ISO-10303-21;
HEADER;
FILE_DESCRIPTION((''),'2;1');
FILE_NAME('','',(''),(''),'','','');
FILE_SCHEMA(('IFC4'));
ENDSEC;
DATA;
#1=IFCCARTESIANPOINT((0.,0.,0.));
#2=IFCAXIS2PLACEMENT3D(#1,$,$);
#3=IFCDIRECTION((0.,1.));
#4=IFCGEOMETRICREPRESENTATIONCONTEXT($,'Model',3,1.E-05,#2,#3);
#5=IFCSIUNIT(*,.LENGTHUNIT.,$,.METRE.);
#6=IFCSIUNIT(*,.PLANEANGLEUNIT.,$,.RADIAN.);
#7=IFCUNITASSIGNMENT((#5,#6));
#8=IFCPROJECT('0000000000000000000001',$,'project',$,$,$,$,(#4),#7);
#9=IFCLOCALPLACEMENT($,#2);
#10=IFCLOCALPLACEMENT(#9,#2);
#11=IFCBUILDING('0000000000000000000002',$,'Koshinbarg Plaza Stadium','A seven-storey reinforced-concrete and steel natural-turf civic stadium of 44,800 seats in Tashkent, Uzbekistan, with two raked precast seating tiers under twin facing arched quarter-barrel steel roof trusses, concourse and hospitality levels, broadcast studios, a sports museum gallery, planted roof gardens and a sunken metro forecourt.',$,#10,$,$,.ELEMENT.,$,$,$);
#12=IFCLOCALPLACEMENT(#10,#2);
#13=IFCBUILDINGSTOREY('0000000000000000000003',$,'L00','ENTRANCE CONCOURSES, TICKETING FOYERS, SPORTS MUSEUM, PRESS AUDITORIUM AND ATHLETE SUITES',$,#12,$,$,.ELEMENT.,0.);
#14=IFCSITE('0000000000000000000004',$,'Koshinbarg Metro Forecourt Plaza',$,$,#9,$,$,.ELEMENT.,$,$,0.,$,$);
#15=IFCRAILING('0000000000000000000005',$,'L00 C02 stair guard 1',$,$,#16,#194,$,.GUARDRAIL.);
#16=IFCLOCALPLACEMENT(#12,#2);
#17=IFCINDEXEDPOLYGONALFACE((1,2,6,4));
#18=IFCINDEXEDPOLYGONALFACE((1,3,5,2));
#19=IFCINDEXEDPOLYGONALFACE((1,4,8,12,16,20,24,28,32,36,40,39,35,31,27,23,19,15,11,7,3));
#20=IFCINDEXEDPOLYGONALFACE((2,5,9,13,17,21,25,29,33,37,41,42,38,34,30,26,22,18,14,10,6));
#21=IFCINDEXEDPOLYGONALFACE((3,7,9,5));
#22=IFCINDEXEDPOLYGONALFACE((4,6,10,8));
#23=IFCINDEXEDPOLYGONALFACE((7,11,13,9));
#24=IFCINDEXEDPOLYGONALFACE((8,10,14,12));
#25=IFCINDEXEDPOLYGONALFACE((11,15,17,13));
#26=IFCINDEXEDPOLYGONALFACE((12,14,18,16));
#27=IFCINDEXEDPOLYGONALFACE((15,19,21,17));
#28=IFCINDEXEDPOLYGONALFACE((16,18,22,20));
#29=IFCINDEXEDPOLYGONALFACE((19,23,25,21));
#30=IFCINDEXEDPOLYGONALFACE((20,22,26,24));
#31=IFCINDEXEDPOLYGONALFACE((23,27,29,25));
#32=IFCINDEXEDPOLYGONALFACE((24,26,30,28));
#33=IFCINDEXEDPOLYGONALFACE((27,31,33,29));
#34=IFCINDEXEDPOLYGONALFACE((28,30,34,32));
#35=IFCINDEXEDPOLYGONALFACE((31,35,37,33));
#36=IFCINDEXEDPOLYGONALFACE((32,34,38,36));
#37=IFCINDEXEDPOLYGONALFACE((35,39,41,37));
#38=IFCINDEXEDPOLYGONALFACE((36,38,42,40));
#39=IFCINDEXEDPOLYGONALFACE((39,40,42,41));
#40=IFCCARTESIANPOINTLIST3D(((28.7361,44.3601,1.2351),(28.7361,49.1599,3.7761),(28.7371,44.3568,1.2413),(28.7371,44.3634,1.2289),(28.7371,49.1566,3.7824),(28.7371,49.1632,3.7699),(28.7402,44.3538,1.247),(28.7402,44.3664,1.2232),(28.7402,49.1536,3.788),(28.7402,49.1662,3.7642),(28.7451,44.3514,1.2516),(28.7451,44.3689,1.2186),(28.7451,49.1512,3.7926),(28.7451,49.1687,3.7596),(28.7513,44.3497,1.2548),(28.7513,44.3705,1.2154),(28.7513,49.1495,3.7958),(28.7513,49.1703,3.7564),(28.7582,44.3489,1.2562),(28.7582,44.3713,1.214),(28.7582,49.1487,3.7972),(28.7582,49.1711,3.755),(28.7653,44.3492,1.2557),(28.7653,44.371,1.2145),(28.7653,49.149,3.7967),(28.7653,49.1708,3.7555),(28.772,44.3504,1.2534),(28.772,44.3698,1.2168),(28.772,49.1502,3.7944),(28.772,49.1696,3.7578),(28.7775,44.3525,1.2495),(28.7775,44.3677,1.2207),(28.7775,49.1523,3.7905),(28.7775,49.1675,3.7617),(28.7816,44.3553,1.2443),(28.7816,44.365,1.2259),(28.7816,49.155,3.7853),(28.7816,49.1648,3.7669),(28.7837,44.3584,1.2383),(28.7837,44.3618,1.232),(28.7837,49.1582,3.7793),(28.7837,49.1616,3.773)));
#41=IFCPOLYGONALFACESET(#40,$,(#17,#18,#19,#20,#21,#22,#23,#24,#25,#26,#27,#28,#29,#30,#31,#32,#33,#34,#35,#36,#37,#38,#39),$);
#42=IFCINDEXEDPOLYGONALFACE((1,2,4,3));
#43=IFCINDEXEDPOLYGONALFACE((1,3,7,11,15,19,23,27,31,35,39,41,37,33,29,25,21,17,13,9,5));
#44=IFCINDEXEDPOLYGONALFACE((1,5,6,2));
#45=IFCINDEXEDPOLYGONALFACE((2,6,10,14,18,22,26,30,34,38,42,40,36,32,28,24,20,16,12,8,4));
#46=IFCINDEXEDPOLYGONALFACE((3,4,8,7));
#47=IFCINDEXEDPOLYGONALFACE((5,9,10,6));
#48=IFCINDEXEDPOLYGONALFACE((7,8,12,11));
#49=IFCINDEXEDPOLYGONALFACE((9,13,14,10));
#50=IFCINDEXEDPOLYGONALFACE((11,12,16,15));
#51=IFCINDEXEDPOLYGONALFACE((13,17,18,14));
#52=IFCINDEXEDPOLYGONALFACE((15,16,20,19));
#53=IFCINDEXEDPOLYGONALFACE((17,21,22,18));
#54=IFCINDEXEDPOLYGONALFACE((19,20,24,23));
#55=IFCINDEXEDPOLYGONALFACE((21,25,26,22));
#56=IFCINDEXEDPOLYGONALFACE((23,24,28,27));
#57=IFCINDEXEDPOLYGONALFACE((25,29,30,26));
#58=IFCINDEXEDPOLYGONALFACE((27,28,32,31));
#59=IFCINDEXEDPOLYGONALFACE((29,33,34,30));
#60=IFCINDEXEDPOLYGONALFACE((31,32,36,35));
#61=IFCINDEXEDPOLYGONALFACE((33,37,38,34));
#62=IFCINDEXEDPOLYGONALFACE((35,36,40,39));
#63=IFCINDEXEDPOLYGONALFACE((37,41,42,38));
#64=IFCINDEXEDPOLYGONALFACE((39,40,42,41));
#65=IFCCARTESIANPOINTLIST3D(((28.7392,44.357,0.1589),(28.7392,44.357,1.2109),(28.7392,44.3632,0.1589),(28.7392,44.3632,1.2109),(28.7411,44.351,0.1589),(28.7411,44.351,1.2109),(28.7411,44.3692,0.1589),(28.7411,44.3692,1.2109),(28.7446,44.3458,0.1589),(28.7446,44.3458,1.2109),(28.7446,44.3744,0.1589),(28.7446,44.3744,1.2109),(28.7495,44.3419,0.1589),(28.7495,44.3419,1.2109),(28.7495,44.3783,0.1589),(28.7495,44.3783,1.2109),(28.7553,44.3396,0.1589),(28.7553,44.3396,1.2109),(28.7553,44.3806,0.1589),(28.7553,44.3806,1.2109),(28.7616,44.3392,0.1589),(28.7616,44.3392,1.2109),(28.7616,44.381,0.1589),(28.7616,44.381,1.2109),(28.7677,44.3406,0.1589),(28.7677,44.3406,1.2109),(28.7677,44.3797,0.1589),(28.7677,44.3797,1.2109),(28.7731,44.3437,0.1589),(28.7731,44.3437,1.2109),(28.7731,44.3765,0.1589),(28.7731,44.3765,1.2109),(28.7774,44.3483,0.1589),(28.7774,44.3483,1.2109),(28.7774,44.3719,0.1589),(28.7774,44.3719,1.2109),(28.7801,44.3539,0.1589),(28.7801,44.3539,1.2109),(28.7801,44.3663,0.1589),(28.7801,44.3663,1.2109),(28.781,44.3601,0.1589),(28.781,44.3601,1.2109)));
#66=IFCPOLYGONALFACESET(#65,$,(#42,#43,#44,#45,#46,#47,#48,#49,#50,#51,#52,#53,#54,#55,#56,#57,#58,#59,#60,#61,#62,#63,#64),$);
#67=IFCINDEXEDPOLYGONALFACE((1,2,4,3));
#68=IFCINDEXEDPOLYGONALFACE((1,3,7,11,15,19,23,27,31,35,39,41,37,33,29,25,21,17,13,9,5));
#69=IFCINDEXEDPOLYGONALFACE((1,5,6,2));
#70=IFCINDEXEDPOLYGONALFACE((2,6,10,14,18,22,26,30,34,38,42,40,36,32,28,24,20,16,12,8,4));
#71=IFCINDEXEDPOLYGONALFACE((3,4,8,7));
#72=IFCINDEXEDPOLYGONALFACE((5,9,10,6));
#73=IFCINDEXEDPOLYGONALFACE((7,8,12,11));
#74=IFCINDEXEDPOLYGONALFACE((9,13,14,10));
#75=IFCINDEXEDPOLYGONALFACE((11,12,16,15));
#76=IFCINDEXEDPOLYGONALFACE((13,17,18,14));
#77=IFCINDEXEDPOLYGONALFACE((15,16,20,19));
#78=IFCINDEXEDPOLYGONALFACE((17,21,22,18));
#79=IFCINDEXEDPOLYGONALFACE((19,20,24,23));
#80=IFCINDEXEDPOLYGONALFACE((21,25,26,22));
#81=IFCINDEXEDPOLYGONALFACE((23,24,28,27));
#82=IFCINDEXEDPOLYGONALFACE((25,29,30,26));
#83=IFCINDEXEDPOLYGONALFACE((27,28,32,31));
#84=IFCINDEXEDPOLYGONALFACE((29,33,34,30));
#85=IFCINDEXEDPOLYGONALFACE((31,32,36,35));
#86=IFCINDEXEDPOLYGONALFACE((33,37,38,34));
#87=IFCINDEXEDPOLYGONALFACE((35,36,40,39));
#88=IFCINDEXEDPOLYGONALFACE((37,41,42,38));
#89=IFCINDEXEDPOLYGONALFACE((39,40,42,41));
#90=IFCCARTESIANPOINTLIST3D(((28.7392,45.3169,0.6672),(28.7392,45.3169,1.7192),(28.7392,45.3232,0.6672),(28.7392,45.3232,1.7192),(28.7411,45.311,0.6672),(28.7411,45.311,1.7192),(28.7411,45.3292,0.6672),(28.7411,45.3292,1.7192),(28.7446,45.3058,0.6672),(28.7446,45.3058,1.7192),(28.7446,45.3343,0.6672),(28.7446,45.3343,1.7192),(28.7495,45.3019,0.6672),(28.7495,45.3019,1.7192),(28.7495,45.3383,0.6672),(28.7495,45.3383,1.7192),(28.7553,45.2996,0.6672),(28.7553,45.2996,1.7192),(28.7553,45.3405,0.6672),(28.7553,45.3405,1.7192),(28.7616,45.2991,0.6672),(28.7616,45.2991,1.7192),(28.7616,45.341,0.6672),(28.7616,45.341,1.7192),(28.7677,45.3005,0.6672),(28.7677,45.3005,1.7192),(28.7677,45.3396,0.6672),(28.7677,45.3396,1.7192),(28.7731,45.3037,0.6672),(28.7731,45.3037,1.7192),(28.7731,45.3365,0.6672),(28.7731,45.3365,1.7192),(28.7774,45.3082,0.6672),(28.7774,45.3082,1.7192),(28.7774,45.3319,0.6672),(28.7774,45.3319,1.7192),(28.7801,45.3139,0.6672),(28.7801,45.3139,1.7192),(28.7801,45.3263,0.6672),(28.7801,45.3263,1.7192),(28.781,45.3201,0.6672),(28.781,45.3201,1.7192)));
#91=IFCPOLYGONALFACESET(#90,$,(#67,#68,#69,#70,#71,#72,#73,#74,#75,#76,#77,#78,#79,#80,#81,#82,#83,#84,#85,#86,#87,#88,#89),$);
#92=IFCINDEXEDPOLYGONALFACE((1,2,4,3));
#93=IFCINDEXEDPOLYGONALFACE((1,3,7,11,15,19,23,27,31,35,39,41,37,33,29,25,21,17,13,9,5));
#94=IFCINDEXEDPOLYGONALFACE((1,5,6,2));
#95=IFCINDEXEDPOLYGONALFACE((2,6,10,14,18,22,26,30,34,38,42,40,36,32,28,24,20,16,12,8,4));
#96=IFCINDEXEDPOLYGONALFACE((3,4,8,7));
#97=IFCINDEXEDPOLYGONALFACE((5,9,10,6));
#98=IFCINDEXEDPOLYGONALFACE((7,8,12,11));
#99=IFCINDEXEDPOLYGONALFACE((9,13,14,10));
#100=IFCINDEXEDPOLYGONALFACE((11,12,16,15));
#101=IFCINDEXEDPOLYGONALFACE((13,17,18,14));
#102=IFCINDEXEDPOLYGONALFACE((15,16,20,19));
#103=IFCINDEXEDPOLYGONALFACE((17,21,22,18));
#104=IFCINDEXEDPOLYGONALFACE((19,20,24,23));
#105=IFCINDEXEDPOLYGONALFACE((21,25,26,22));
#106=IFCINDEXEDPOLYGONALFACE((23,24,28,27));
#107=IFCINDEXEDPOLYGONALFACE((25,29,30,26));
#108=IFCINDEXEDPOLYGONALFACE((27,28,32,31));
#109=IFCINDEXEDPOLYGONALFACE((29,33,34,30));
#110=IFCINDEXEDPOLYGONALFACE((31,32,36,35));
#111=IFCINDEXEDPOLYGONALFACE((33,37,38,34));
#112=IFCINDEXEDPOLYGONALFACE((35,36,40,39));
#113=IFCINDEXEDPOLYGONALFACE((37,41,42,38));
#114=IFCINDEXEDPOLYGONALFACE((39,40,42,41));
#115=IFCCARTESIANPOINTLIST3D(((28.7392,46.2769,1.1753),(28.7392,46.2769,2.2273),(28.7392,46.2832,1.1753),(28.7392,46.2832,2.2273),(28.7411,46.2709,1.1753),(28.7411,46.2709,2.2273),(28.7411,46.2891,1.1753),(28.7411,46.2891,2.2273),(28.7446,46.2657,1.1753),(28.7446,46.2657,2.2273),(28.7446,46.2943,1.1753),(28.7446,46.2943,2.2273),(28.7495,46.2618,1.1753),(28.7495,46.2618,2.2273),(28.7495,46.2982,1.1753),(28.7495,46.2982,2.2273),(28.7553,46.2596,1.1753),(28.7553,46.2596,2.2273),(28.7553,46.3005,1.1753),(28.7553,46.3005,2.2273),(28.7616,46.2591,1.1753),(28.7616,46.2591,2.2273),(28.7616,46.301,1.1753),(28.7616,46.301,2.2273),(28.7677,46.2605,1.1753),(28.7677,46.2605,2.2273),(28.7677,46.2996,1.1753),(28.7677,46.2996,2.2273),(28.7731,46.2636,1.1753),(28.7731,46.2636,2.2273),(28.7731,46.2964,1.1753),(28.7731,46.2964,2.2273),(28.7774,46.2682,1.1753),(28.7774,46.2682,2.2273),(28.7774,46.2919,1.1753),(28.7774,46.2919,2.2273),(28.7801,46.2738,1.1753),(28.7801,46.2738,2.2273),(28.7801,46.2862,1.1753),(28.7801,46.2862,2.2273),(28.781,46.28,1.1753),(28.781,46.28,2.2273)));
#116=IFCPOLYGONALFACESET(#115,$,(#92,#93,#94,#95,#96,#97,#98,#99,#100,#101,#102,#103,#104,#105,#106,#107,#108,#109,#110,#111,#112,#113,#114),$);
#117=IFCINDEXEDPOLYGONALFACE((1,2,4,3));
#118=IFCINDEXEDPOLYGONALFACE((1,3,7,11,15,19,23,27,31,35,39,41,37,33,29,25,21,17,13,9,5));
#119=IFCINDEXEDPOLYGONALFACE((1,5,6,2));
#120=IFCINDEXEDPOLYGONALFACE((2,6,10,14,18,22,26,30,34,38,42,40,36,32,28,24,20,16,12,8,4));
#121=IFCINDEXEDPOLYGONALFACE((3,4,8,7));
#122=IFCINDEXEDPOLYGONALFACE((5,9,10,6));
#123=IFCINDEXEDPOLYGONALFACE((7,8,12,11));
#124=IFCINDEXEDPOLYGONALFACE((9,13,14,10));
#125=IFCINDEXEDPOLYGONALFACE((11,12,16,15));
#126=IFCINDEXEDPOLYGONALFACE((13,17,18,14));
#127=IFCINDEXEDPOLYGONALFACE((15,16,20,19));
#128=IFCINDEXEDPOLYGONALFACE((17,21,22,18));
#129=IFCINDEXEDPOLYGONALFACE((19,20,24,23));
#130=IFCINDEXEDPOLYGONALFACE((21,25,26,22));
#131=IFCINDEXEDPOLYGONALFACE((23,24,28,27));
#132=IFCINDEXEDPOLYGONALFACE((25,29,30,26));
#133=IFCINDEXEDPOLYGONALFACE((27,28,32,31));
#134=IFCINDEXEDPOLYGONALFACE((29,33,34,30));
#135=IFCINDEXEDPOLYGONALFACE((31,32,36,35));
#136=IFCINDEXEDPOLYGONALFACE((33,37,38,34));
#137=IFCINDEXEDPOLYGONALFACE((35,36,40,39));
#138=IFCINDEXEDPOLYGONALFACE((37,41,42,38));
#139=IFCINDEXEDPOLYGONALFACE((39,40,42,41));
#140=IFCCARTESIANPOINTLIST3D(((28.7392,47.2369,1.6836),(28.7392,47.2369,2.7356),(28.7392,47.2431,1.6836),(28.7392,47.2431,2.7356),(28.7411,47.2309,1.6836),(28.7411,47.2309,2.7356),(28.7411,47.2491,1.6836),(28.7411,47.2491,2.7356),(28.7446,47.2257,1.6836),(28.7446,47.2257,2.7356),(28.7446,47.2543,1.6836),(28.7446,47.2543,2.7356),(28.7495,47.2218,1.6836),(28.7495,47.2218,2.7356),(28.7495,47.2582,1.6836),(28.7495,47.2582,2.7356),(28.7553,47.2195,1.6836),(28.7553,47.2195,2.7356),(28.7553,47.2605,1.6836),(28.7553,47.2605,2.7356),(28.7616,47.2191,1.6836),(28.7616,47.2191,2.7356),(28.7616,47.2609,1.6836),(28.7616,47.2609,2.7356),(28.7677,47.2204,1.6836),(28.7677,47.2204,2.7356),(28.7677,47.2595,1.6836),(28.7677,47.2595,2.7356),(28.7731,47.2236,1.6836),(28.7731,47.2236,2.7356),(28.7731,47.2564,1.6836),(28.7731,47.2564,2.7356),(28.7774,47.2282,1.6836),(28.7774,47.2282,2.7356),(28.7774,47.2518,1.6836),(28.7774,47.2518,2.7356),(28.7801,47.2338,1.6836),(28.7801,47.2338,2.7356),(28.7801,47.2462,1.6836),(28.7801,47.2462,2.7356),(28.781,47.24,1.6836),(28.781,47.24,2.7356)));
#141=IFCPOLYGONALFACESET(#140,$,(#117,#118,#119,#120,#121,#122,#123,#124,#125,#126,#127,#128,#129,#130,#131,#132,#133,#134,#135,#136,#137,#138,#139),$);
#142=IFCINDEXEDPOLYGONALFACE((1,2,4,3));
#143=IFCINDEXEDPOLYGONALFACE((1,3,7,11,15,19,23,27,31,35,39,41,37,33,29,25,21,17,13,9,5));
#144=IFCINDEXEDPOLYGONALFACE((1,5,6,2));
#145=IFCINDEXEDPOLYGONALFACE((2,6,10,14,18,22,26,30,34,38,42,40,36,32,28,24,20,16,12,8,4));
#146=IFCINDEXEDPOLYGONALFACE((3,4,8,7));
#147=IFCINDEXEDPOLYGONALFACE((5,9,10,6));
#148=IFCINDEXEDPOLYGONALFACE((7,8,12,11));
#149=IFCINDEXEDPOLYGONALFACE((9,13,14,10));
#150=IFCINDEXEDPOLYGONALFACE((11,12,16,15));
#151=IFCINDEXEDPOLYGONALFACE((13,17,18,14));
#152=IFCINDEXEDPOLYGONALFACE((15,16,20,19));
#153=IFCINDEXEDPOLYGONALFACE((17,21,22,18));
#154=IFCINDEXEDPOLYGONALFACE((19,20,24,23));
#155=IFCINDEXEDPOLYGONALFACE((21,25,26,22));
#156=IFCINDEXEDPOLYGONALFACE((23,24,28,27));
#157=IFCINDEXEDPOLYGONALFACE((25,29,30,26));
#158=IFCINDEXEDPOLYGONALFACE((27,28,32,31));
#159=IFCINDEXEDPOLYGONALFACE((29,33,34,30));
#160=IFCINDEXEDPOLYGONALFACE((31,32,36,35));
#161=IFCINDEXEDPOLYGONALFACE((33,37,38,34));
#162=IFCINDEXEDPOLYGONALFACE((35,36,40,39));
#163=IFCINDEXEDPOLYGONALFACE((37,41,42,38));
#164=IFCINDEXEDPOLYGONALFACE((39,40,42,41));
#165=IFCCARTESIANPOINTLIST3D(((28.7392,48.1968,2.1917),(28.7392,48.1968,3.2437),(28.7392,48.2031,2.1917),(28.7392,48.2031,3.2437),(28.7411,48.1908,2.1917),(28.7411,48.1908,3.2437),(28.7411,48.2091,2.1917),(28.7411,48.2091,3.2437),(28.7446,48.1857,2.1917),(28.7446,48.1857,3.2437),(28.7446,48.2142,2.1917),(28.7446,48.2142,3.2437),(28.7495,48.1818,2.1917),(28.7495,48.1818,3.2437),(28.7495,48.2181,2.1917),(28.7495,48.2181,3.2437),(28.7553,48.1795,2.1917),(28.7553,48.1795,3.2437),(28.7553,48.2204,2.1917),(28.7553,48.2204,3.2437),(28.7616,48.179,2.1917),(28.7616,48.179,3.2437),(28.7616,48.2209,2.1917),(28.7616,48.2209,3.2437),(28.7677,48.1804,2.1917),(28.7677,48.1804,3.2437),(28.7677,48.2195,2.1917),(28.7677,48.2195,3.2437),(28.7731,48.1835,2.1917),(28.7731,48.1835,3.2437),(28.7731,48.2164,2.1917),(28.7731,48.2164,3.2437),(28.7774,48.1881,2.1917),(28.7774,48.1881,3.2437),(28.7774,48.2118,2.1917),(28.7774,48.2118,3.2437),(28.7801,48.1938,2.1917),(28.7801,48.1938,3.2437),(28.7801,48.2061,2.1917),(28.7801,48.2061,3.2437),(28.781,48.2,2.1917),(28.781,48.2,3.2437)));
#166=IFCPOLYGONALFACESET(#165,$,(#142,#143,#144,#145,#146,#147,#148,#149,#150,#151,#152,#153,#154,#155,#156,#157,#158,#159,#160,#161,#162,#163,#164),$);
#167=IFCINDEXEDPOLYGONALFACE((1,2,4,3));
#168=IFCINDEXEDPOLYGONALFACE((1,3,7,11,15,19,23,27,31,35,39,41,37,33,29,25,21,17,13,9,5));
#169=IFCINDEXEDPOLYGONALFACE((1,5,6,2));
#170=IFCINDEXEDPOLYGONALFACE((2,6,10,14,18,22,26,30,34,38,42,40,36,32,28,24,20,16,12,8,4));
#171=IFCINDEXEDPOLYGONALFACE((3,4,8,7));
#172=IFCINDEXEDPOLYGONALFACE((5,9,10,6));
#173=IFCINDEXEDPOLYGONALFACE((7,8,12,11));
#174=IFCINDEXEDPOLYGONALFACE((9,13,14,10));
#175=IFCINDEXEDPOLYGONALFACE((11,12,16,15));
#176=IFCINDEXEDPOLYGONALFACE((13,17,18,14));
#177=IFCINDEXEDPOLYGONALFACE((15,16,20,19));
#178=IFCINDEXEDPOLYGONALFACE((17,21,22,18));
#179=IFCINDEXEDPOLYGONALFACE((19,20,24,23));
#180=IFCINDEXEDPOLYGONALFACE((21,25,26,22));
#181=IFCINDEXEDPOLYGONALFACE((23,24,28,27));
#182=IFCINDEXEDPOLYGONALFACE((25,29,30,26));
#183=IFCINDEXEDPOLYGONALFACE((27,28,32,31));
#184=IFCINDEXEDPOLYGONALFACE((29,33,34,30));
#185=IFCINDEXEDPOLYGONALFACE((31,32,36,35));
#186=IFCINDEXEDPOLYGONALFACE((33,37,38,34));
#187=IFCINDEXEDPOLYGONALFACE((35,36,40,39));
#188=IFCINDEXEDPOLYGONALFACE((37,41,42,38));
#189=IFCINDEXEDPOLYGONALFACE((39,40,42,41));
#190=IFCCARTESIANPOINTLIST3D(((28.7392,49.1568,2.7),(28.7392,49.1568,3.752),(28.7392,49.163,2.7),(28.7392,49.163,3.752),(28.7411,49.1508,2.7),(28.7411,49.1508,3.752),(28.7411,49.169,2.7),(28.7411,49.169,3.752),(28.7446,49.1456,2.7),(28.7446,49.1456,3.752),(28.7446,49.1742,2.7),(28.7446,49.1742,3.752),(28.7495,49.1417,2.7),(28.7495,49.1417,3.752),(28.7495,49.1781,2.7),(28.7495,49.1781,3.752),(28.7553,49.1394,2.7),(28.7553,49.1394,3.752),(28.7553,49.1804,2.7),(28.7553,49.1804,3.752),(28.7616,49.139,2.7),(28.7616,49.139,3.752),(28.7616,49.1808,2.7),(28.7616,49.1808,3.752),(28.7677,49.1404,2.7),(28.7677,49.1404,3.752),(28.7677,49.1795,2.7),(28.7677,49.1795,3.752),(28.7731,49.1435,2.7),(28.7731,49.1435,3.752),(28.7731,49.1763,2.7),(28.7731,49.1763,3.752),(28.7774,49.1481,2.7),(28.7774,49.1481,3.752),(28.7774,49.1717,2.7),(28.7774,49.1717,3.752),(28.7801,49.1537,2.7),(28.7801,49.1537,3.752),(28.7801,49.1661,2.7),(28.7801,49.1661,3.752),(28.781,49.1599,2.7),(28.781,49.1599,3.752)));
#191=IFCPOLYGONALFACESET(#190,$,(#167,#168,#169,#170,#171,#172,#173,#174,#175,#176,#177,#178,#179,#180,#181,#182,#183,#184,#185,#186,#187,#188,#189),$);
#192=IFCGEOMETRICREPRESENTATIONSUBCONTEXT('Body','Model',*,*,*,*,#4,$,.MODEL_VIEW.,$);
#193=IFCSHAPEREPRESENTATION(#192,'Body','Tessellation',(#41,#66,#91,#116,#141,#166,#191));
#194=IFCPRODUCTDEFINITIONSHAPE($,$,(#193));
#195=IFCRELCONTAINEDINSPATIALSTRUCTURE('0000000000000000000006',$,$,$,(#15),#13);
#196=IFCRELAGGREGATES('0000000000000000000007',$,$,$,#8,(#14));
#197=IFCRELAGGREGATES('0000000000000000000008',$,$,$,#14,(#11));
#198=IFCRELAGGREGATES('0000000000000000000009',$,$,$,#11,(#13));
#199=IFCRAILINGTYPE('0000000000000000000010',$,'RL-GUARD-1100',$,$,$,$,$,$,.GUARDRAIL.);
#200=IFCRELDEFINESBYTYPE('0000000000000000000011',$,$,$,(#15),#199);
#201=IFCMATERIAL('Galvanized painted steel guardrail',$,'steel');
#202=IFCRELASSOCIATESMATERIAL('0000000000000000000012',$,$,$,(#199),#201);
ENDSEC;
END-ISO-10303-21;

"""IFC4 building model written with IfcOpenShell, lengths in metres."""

from ifc_helpers import new_model, si_unit, direction, frame, origin, origin_2d, place, context, subcontext, project, spatial, circle, extrude, material, type_object, element, save


model = new_model("IFC4")

# Units and contexts
model_context = context("Model", 3, precision=1e-05, world=origin(), true_north=direction((0.0, 1.0)))
body_context = subcontext(model_context, "Body", "Model", "MODEL_VIEW")
ifc_project = project(units=[si_unit("LENGTHUNIT", "METRE"), si_unit("PLANEANGLEUNIT", "RADIAN")], contexts=[model_context])

# Site, building, storey
site_placement = place(None, origin())
site = spatial("IfcSite", under=ifc_project, at=site_placement, Name="Koshinbarg Metro Forecourt Plaza", CompositionType="ELEMENT", RefElevation=0.0)
building_placement = place(site_placement, origin())
building = spatial("IfcBuilding", under=site, at=building_placement, Name="Koshinbarg Plaza Stadium", Description="A seven-storey reinforced-concrete and steel natural-turf civic stadium of 44,800 seats in Tashkent, Uzbekistan, with two raked precast seating tiers under twin facing arched quarter-barrel steel roof trusses, concourse and hospitality levels, broadcast studios, a sports museum gallery, planted roof gardens and a sunken metro forecourt.", CompositionType="ELEMENT")
storey_placement = place(building_placement, origin())
storey = spatial("IfcBuildingStorey", under=building, at=storey_placement, Name="L00", Description="ENTRANCE CONCOURSES, TICKETING FOYERS, SPORTS MUSEUM, PRESS AUDITORIUM AND ATHLETE SUITES", CompositionType="ELEMENT", Elevation=0.0)

# Railing
ifc_material_1 = material(Name="Galvanized painted steel guardrail", Category="steel")
railing_type_1 = type_object("IfcRailingType", Name="RL-GUARD-1100", PredefinedType="GUARDRAIL", material=ifc_material_1)
railing_1_placement = place(storey_placement, frame((28.76, 44.3601, 0.1589)))
element("IfcRailing", 1, at=railing_1_placement, inside=storey, type_object=railing_type_1, Name="L00 C02 stair guard 1", PredefinedType="GUARDRAIL", context=body_context, shape_type="SweptSolid", body=[
    extrude(circle(Radius=0.0239, at=origin_2d()), frame((0.0, 0.0, 1.0762), z_axis=(0.0, 0.883792, 0.467879), x_axis=(-1.0, 0.0, 0.0)), (0.0, 0.0, 1.0), 5.4309),
    extrude(circle(Radius=0.021, at=origin_2d()), origin(), (0.0, 0.0, 1.0), 1.052),
    extrude(circle(Radius=0.021, at=origin_2d()), frame((0.0, 0.96, 0.5083)), (0.0, 0.0, 1.0), 1.052),
    extrude(circle(Radius=0.021, at=origin_2d()), frame((0.0, 1.9199, 1.0164)), (0.0, 0.0, 1.0), 1.052),
    extrude(circle(Radius=0.021, at=origin_2d()), frame((0.0, 2.8799, 1.5247)), (0.0, 0.0, 1.0), 1.052),
    extrude(circle(Radius=0.021, at=origin_2d()), frame((0.0, 3.8398, 2.0327)), (0.0, 0.0, 1.0), 1.052),
    extrude(circle(Radius=0.021, at=origin_2d()), frame((0.0, 4.7998, 2.541)), (0.0, 0.0, 1.0), 1.052),
])

save(model, "model.ifc")
